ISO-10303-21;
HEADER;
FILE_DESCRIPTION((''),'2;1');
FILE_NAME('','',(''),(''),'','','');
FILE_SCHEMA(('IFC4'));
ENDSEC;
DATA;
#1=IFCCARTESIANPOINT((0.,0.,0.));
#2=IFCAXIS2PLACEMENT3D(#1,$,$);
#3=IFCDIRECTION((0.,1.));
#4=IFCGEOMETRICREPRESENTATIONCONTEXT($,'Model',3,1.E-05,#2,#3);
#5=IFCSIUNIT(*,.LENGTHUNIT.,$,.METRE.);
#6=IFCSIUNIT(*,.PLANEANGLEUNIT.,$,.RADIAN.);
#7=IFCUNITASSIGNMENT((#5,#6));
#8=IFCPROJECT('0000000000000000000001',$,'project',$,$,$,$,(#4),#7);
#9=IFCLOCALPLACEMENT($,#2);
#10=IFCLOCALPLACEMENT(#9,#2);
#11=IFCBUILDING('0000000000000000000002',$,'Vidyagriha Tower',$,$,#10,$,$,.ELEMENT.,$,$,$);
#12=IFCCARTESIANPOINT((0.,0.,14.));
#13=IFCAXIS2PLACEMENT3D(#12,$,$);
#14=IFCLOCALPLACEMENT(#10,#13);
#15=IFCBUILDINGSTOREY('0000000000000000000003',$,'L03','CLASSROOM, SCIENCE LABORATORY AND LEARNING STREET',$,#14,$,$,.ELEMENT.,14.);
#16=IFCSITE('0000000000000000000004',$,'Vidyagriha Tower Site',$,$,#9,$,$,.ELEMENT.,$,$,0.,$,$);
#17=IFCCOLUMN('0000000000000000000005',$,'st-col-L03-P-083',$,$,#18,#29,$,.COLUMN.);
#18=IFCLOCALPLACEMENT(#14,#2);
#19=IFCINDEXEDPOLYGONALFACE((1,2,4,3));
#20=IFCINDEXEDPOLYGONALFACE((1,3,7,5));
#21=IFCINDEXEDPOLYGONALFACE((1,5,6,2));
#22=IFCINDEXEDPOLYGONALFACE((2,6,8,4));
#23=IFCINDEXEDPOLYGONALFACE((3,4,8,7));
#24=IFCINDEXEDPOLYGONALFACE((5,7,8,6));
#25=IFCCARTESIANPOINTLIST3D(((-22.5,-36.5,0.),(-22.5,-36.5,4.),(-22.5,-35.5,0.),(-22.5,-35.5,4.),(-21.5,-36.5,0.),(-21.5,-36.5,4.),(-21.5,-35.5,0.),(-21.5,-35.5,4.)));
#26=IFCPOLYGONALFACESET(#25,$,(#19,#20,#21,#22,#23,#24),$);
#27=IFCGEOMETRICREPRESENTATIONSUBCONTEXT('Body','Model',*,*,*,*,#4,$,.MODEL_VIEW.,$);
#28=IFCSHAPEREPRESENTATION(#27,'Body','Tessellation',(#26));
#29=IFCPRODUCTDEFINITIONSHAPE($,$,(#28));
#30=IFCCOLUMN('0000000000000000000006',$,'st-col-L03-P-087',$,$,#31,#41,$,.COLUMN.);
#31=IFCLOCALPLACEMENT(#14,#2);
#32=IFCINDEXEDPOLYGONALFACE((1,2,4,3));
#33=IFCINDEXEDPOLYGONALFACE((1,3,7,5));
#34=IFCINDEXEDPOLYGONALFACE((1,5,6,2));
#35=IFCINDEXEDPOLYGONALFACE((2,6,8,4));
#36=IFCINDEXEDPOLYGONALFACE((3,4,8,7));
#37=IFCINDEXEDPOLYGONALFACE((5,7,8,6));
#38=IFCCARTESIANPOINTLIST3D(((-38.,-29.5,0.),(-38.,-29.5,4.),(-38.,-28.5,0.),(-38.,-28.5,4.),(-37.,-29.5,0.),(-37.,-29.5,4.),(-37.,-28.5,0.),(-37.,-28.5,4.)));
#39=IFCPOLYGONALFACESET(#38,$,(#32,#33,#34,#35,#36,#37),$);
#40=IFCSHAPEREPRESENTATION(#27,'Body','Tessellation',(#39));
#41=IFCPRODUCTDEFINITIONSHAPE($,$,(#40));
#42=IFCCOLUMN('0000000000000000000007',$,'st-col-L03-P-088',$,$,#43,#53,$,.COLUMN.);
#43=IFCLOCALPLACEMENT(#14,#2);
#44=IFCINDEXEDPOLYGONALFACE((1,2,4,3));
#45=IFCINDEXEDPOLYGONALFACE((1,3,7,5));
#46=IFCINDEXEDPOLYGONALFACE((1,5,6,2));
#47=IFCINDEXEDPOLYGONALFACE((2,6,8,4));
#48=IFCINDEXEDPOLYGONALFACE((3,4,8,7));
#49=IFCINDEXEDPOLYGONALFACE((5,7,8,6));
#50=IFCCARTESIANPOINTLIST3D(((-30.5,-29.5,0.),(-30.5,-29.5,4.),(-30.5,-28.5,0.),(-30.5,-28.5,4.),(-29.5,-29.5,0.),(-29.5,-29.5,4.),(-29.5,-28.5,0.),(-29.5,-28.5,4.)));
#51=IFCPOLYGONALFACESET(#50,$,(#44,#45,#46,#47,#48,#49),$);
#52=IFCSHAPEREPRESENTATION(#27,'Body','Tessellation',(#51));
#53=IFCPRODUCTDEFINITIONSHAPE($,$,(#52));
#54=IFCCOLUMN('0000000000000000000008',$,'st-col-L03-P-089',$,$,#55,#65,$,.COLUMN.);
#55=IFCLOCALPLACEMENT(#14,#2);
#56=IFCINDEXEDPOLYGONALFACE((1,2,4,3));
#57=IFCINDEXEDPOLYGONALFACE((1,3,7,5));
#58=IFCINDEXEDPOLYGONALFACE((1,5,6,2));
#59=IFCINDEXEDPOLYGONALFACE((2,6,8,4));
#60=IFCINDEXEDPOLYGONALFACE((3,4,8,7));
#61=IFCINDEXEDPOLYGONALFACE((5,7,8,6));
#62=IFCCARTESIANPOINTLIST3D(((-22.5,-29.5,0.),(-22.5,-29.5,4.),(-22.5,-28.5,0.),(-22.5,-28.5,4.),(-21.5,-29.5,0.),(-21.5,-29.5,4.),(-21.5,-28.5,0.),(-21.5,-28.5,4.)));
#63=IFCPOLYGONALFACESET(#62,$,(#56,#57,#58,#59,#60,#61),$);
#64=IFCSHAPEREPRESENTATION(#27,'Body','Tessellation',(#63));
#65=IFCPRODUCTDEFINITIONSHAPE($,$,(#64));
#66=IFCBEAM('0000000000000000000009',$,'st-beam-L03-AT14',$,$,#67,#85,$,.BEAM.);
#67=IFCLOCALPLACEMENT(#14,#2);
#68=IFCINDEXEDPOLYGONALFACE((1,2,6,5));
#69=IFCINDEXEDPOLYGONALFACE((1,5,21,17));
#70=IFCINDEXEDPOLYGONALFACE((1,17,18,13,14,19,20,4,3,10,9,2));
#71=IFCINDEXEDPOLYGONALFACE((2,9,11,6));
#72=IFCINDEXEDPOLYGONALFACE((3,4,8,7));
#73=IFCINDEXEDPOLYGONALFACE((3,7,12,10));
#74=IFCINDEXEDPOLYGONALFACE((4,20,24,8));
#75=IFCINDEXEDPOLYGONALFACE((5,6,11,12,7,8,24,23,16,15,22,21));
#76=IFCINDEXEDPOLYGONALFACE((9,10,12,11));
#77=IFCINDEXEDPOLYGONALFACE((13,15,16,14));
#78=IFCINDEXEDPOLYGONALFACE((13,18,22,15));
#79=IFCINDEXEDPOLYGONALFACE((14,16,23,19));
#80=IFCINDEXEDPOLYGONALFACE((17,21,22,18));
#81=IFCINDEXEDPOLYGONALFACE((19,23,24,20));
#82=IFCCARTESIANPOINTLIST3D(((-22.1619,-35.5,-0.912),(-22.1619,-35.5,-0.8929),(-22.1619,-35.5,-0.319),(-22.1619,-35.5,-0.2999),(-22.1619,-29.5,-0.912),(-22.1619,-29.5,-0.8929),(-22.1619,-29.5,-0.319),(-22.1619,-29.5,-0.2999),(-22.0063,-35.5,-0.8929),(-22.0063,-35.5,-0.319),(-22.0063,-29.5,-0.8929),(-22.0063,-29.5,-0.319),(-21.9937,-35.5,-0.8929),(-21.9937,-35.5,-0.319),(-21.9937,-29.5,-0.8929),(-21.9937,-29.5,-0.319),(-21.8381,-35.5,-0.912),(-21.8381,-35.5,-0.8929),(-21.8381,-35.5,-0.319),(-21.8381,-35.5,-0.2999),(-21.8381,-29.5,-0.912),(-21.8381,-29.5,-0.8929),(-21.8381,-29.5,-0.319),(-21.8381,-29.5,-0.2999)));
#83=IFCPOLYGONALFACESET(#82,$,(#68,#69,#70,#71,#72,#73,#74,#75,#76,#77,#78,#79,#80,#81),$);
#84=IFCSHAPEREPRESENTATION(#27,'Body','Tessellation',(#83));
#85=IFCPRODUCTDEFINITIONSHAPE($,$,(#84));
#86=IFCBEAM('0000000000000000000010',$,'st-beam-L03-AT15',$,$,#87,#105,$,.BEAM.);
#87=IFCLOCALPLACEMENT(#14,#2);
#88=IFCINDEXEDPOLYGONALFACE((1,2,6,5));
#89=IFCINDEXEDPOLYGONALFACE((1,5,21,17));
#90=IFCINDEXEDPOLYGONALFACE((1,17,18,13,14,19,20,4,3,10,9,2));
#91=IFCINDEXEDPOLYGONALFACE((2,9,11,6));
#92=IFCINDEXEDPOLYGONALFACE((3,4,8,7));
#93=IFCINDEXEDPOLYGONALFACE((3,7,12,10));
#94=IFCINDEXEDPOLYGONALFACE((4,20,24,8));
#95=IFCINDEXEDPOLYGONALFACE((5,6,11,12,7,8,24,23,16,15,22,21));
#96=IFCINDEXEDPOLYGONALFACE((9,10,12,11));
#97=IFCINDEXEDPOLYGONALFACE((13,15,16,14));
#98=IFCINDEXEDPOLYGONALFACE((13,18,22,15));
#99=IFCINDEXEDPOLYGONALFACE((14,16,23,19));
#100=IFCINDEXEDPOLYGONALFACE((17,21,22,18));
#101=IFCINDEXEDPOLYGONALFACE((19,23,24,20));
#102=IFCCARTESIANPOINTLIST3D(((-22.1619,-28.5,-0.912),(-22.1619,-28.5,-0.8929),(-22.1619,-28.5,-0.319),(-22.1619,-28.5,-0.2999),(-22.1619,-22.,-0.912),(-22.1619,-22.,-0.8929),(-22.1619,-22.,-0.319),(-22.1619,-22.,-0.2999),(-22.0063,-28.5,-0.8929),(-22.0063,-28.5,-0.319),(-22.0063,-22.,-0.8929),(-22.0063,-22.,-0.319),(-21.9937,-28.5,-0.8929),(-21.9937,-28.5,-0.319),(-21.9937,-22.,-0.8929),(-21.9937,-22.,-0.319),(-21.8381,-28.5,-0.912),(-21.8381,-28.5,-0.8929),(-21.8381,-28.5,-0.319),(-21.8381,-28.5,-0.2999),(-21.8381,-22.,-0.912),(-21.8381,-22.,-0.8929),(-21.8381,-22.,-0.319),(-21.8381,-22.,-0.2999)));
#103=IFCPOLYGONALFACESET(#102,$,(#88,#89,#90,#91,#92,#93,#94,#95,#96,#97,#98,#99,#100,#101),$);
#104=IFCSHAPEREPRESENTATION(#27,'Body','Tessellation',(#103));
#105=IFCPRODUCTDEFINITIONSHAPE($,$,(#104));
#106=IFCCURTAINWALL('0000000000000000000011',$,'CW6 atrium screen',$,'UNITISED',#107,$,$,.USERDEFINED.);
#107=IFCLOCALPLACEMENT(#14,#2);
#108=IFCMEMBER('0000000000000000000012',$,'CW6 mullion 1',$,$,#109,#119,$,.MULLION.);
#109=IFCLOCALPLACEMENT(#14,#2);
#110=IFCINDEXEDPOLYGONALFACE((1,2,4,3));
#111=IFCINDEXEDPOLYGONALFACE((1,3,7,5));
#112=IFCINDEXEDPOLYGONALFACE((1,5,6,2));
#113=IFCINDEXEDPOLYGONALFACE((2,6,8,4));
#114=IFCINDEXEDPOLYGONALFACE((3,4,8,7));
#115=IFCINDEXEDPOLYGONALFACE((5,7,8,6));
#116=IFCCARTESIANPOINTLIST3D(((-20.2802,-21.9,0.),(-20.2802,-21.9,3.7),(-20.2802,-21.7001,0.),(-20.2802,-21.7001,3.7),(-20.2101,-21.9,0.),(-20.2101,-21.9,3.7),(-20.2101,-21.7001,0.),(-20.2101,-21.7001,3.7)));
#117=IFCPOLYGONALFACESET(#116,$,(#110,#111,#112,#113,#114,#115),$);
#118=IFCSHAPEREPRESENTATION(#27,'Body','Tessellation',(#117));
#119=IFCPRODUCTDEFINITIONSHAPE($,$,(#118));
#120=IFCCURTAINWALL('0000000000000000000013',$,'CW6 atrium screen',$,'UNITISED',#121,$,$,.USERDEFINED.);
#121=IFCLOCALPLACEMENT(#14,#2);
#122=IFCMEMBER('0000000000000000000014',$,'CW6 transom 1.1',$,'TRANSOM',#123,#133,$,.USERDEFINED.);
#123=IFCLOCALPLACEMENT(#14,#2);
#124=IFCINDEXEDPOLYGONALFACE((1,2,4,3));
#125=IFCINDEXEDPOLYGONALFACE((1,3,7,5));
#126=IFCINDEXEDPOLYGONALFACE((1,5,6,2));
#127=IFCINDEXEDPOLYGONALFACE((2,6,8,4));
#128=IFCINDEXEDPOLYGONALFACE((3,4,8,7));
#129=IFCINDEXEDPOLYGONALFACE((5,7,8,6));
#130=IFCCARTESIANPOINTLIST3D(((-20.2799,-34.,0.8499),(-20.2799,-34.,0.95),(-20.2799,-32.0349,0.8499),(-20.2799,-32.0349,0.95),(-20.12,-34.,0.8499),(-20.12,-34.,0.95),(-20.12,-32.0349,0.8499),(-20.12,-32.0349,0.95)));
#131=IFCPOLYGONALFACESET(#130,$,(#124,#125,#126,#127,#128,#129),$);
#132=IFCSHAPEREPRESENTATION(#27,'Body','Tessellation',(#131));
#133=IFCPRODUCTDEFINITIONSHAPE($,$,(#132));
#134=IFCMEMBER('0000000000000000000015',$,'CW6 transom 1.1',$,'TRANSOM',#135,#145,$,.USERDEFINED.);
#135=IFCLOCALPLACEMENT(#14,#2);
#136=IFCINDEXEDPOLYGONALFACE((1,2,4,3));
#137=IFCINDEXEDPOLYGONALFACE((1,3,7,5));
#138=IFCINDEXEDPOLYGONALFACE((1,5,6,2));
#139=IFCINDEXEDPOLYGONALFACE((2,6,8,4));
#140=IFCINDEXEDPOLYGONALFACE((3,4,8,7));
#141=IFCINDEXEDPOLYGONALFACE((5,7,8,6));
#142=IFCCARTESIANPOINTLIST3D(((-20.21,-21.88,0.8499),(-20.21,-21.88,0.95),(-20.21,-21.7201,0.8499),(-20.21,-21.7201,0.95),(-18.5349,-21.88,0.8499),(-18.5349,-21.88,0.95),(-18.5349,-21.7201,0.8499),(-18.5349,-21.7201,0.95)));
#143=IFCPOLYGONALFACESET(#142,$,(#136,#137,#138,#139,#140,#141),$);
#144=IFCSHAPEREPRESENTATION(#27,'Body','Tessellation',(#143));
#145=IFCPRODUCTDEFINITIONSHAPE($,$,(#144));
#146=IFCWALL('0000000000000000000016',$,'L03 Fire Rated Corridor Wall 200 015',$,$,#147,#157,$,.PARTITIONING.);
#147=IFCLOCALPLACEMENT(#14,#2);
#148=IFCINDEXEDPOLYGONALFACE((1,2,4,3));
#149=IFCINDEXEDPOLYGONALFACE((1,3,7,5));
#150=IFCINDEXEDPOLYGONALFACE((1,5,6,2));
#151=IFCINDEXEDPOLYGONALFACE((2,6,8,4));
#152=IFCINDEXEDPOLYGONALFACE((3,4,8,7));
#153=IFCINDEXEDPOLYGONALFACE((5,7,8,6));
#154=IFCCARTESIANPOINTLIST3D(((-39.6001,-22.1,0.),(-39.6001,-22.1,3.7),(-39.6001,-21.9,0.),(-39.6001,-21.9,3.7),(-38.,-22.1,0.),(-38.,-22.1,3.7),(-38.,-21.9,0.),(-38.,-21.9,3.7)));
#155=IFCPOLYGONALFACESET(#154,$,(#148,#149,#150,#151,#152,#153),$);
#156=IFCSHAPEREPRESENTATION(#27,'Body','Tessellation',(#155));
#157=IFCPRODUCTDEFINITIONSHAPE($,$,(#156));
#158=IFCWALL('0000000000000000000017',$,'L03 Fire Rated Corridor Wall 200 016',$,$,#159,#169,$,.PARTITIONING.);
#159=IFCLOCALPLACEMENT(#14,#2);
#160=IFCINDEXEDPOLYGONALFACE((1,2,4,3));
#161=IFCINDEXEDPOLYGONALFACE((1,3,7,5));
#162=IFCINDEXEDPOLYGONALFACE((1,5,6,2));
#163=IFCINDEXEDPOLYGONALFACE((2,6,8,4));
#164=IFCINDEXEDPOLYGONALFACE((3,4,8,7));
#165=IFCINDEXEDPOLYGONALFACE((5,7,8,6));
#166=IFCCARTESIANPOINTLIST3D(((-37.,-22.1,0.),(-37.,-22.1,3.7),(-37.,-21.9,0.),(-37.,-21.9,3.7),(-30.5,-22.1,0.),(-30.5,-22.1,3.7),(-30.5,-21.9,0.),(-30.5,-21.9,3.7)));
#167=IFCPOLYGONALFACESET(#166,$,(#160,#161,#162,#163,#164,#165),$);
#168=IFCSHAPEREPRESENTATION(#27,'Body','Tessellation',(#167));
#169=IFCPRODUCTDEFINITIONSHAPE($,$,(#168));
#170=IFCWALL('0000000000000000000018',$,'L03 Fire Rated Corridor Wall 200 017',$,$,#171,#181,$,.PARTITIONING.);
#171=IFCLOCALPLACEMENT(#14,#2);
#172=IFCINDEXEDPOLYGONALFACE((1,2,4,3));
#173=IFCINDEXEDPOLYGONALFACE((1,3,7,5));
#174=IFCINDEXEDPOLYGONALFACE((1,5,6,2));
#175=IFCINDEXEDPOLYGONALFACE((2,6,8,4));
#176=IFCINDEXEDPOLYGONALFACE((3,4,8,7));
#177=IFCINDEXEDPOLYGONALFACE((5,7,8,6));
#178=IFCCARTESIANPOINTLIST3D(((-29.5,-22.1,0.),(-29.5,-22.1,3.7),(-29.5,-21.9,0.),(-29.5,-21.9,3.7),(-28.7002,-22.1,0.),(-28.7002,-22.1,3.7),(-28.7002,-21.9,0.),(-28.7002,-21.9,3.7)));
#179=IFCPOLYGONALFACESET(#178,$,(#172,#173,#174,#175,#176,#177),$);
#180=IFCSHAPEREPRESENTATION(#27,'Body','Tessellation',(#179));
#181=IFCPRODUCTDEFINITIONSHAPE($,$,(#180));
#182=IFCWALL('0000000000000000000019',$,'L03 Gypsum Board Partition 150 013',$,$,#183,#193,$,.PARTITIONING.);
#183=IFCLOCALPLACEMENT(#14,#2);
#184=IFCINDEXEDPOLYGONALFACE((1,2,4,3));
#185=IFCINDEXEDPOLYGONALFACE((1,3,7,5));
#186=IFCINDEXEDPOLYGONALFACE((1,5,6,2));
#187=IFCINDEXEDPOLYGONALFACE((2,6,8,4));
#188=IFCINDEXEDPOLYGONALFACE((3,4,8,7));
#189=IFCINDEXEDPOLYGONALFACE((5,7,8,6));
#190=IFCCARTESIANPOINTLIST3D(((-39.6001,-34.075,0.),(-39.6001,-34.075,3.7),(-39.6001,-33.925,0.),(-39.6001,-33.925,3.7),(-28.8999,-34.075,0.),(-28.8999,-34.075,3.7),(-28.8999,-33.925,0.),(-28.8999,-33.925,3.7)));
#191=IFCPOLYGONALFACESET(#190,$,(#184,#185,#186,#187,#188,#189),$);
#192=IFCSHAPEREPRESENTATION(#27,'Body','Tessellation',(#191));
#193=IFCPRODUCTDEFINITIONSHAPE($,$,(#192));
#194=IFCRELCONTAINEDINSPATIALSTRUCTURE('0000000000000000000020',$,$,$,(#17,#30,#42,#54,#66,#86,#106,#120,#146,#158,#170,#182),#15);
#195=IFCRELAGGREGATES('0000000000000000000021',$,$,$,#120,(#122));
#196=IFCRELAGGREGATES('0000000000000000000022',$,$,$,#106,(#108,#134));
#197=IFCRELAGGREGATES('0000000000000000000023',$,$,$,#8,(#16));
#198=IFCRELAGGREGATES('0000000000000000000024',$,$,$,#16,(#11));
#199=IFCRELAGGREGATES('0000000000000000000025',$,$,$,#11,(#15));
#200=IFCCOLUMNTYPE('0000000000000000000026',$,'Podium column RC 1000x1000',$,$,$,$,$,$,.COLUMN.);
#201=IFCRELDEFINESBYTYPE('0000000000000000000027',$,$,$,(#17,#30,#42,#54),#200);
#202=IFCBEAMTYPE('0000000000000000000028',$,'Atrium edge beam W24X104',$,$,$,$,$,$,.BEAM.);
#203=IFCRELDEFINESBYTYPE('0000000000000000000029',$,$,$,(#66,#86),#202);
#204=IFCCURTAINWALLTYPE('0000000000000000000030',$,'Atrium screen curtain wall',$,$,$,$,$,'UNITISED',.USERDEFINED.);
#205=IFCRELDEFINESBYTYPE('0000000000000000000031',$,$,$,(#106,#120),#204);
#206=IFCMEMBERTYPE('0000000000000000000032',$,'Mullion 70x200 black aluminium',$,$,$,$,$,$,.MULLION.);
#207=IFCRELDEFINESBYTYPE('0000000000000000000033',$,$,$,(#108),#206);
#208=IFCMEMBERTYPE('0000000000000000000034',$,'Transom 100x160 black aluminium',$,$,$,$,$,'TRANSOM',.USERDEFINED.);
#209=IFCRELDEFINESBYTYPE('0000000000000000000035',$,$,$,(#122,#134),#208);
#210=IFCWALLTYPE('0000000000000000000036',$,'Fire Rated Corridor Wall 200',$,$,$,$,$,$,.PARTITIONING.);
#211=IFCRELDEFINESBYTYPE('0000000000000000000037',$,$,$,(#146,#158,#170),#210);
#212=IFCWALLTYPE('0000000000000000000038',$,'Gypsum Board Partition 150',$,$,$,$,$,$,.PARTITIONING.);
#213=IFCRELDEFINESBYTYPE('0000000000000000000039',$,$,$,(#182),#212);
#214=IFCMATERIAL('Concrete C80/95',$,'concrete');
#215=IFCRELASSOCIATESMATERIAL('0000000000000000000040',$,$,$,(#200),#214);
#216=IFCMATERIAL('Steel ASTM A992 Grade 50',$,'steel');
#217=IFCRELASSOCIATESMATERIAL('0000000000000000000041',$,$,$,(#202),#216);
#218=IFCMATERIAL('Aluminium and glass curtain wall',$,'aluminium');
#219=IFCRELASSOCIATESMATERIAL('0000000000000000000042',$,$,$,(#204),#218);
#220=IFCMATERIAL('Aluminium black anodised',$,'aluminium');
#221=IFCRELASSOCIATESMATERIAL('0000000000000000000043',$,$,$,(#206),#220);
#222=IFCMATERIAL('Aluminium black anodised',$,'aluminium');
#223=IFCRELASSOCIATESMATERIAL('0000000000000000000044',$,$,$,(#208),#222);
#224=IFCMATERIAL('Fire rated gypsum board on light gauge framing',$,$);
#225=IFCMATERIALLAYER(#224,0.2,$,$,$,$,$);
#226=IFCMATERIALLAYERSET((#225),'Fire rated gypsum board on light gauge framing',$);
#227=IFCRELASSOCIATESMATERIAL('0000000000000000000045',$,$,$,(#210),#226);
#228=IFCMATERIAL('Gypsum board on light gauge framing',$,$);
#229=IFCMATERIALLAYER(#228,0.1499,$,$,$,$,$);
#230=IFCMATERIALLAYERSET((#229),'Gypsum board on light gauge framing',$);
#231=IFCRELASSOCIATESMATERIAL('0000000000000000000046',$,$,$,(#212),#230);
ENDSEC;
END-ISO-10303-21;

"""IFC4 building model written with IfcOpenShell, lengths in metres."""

from ifc_helpers import new_model, si_unit, direction, frame, frame_2d, origin, origin_2d, place, context, subcontext, project, spatial, rectangle, i_section, extrude, material, layer, layer_set, material_profile, profile_set, type_object, element, aggregate, save


model = new_model("IFC4")

# Units and contexts
model_context = context("Model", 3, precision=1e-05, world=origin(), true_north=direction((0.0, 1.0)))
body_context = subcontext(model_context, "Body", "Model", "MODEL_VIEW")
ifc_project = project(units=[si_unit("LENGTHUNIT", "METRE"), si_unit("PLANEANGLEUNIT", "RADIAN")], contexts=[model_context])

# Site, building, storey
site_placement = place(None, origin())
site = spatial("IfcSite", under=ifc_project, at=site_placement, Name="Vidyagriha Tower Site", CompositionType="ELEMENT", RefElevation=0.0)
building_placement = place(site_placement, origin())
building = spatial("IfcBuilding", under=site, at=building_placement, Name="Vidyagriha Tower", CompositionType="ELEMENT")
storey_placement = place(building_placement, frame((0.0, 0.0, 14.0)))
storey = spatial("IfcBuildingStorey", under=building, at=storey_placement, Name="L03", Description="CLASSROOM, SCIENCE LABORATORY AND LEARNING STREET", CompositionType="ELEMENT", Elevation=14.0)

# Columns
ifc_material_1 = material(Name="Concrete C80/95", Category="concrete")
ifc_material_profile_1 = material_profile(ifc_material_1, rectangle(XDim=1.0, YDim=1.0, at=origin_2d()), Name="RC 1000x1000")
ifc_profile_set_1 = profile_set([ifc_material_profile_1], Name="Concrete C80/95")
column_type = type_object("IfcColumnType", Name="Podium column RC 1000x1000", PredefinedType="COLUMN", material=ifc_profile_set_1)
for number, where, name in (
    (1, (-22.0, -36.0, 0.0), "st-col-L03-P-083"),
    (2, (-37.5, -29.0, 0.0), "st-col-L03-P-087"),
    (3, (-30.0, -29.0, 0.0), "st-col-L03-P-088"),
    (4, (-22.0, -29.0, 0.0), "st-col-L03-P-089"),
):
    element("IfcColumn", number, at=place(storey_placement, frame(where)), inside=storey, type_object=column_type, Name=name, PredefinedType="COLUMN", context=body_context, shape_type="SweptSolid", body=[
        extrude(rectangle(XDim=1.0, YDim=1.0, at=origin_2d()), origin(), (0.0, 0.0, 1.0), 4.0),
    ])

# Beams
ifc_material_2 = material(Name="Steel ASTM A992 Grade 50", Category="steel")
ifc_material_profile_2 = material_profile(ifc_material_2, i_section(OverallWidth=0.3237, OverallDepth=0.6121, WebThickness=0.0127, FlangeThickness=0.019, at=origin_2d()), Name="W24X104")
ifc_profile_set_2 = profile_set([ifc_material_profile_2], Name="Steel ASTM A992 Grade 50")
beam_type = type_object("IfcBeamType", Name="Atrium edge beam W24X104", PredefinedType="BEAM", material=ifc_profile_set_2)
beam_1_placement = place(storey_placement, frame((-22.0, -35.5, -0.606), z_axis=(0.0, 1.0, 0.0), x_axis=(-1.0, 0.0, 0.0)))
element("IfcBeam", 5, at=beam_1_placement, inside=storey, type_object=beam_type, Name="st-beam-L03-AT14", PredefinedType="BEAM", context=body_context, shape_type="SweptSolid", body=[
    extrude(i_section(OverallWidth=0.3237, OverallDepth=0.6121, WebThickness=0.0127, FlangeThickness=0.019, at=origin_2d()), origin(), (0.0, 0.0, 1.0), 6.0),
])
beam_2_placement = place(storey_placement, frame((-22.0, -28.5, -0.606), z_axis=(0.0, 1.0, 0.0), x_axis=(-1.0, 0.0, 0.0)))
element("IfcBeam", 6, at=beam_2_placement, inside=storey, type_object=beam_type, Name="st-beam-L03-AT15", PredefinedType="BEAM", context=body_context, shape_type="SweptSolid", body=[
    extrude(i_section(OverallWidth=0.3237, OverallDepth=0.6121, WebThickness=0.0127, FlangeThickness=0.019, at=origin_2d()), origin(), (0.0, 0.0, 1.0), 6.5),
])

# Curtain walls, members
ifc_material_3 = material(Name="Aluminium and glass curtain wall", Category="aluminium")
curtain_wall_type = type_object("IfcCurtainWallType", Name="Atrium screen curtain wall", ElementType="UNITISED", PredefinedType="USERDEFINED", material=ifc_material_3)
curtain_wall_1_placement = place(storey_placement, origin())
curtain_wall_1 = element("IfcCurtainWall", 7, at=curtain_wall_1_placement, inside=storey, type_object=curtain_wall_type, Name="CW6 atrium screen", ObjectType="UNITISED", PredefinedType="USERDEFINED")
ifc_material_4 = material(Name="Aluminium black anodised", Category="aluminium")
ifc_material_profile_3 = material_profile(ifc_material_4, rectangle(XDim=0.2, YDim=0.0701, at=origin_2d()), Name="Mullion 70x200 black aluminium")
ifc_profile_set_3 = profile_set([ifc_material_profile_3], Name="Aluminium black anodised")
member_type_1 = type_object("IfcMemberType", Name="Mullion 70x200 black aluminium", PredefinedType="MULLION", material=ifc_profile_set_3)
member_1_placement = place(storey_placement, frame((-20.2451, -21.8, 0.0), z_axis=(0.0, 0.0, 1.0), x_axis=(0.0, 1.0, 0.0)))
member_1 = element("IfcMember", 8, at=member_1_placement, type_object=member_type_1, Name="CW6 mullion 1", PredefinedType="MULLION", context=body_context, shape_type="SweptSolid", body=[
    extrude(rectangle(XDim=0.2, YDim=0.0701, at=origin_2d()), origin(), (0.0, 0.0, 1.0), 3.7),
])
curtain_wall_2_placement = place(storey_placement, origin())
curtain_wall_2 = element("IfcCurtainWall", 9, at=curtain_wall_2_placement, inside=storey, type_object=curtain_wall_type, Name="CW6 atrium screen", ObjectType="UNITISED", PredefinedType="USERDEFINED")
ifc_material_5 = material(Name="Aluminium black anodised", Category="aluminium")
ifc_material_profile_4 = material_profile(ifc_material_5, rectangle(XDim=0.1599, YDim=0.1001, at=origin_2d()), Name="Transom 100x160 black aluminium")
ifc_profile_set_4 = profile_set([ifc_material_profile_4], Name="Aluminium black anodised")
member_type_2 = type_object("IfcMemberType", Name="Transom 100x160 black aluminium", ElementType="TRANSOM", PredefinedType="USERDEFINED", material=ifc_profile_set_4)
member_2_placement = place(storey_placement, frame((-20.2, -34.0, 0.8999), z_axis=(0.0, 1.0, 0.0), x_axis=(-1.0, 0.0, 0.0)))
member_2 = element("IfcMember", 10, at=member_2_placement, type_object=member_type_2, Name="CW6 transom 1.1", ObjectType="TRANSOM", PredefinedType="USERDEFINED", context=body_context, shape_type="SweptSolid", body=[
    extrude(rectangle(XDim=0.1599, YDim=0.1001, at=origin_2d()), origin(), (0.0, 0.0, 1.0), 1.9651),
])
aggregate(curtain_wall_2, [member_2])

# Member
member_3_placement = place(storey_placement, frame((-20.21, -21.8, 0.8999), z_axis=(1.0, 0.0, 0.0), x_axis=(0.0, 1.0, 0.0)))
member_3 = element("IfcMember", 11, at=member_3_placement, type_object=member_type_2, Name="CW6 transom 1.1", ObjectType="TRANSOM", PredefinedType="USERDEFINED", context=body_context, shape_type="SweptSolid", body=[
    extrude(rectangle(XDim=0.1599, YDim=0.1001, at=origin_2d()), origin(), (0.0, 0.0, 1.0), 1.675),
])
aggregate(curtain_wall_1, [member_1, member_3])

# Walls
ifc_material_6 = material(Name="Fire rated gypsum board on light gauge framing")
ifc_layer_1 = layer(ifc_material_6, 0.2)
ifc_layer_set_1 = layer_set([ifc_layer_1], Name="Fire rated gypsum board on light gauge framing")
wall_type_1 = type_object("IfcWallType", Name="Fire Rated Corridor Wall 200", PredefinedType="PARTITIONING", material=ifc_layer_set_1)
wall_1_placement = place(storey_placement, frame((-39.6001, -22.0, 0.0)))
element("IfcWall", 12, at=wall_1_placement, inside=storey, type_object=wall_type_1, Name="L03 Fire Rated Corridor Wall 200 015", PredefinedType="PARTITIONING", context=body_context, shape_type="SweptSolid", body=[
    extrude(rectangle(XDim=1.6001, YDim=0.2, at=frame_2d((0.8, 0.0))), origin(), (0.0, 0.0, 1.0), 3.7),
])
wall_2_placement = place(storey_placement, frame((-37.0, -22.0, 0.0)))
element("IfcWall", 13, at=wall_2_placement, inside=storey, type_object=wall_type_1, Name="L03 Fire Rated Corridor Wall 200 016", PredefinedType="PARTITIONING", context=body_context, shape_type="SweptSolid", body=[
    extrude(rectangle(XDim=6.5, YDim=0.2, at=frame_2d((3.25, 0.0))), origin(), (0.0, 0.0, 1.0), 3.7),
])
wall_3_placement = place(storey_placement, frame((-29.5, -22.0, 0.0)))
element("IfcWall", 14, at=wall_3_placement, inside=storey, type_object=wall_type_1, Name="L03 Fire Rated Corridor Wall 200 017", PredefinedType="PARTITIONING", context=body_context, shape_type="SweptSolid", body=[
    extrude(rectangle(XDim=0.7998, YDim=0.2, at=frame_2d((0.3999, 0.0))), origin(), (0.0, 0.0, 1.0), 3.7),
])
ifc_material_7 = material(Name="Gypsum board on light gauge framing")
ifc_layer_2 = layer(ifc_material_7, 0.1499)
ifc_layer_set_2 = layer_set([ifc_layer_2], Name="Gypsum board on light gauge framing")
wall_type_2 = type_object("IfcWallType", Name="Gypsum Board Partition 150", PredefinedType="PARTITIONING", material=ifc_layer_set_2)
wall_4_placement = place(storey_placement, frame((-39.6001, -34.0, 0.0)))
element("IfcWall", 15, at=wall_4_placement, inside=storey, type_object=wall_type_2, Name="L03 Gypsum Board Partition 150 013", PredefinedType="PARTITIONING", context=body_context, shape_type="SweptSolid", body=[
    extrude(rectangle(XDim=10.7002, YDim=0.1499, at=frame_2d((5.3501, 0.0))), origin(), (0.0, 0.0, 1.0), 3.7),
])

save(model, "model.ifc")
